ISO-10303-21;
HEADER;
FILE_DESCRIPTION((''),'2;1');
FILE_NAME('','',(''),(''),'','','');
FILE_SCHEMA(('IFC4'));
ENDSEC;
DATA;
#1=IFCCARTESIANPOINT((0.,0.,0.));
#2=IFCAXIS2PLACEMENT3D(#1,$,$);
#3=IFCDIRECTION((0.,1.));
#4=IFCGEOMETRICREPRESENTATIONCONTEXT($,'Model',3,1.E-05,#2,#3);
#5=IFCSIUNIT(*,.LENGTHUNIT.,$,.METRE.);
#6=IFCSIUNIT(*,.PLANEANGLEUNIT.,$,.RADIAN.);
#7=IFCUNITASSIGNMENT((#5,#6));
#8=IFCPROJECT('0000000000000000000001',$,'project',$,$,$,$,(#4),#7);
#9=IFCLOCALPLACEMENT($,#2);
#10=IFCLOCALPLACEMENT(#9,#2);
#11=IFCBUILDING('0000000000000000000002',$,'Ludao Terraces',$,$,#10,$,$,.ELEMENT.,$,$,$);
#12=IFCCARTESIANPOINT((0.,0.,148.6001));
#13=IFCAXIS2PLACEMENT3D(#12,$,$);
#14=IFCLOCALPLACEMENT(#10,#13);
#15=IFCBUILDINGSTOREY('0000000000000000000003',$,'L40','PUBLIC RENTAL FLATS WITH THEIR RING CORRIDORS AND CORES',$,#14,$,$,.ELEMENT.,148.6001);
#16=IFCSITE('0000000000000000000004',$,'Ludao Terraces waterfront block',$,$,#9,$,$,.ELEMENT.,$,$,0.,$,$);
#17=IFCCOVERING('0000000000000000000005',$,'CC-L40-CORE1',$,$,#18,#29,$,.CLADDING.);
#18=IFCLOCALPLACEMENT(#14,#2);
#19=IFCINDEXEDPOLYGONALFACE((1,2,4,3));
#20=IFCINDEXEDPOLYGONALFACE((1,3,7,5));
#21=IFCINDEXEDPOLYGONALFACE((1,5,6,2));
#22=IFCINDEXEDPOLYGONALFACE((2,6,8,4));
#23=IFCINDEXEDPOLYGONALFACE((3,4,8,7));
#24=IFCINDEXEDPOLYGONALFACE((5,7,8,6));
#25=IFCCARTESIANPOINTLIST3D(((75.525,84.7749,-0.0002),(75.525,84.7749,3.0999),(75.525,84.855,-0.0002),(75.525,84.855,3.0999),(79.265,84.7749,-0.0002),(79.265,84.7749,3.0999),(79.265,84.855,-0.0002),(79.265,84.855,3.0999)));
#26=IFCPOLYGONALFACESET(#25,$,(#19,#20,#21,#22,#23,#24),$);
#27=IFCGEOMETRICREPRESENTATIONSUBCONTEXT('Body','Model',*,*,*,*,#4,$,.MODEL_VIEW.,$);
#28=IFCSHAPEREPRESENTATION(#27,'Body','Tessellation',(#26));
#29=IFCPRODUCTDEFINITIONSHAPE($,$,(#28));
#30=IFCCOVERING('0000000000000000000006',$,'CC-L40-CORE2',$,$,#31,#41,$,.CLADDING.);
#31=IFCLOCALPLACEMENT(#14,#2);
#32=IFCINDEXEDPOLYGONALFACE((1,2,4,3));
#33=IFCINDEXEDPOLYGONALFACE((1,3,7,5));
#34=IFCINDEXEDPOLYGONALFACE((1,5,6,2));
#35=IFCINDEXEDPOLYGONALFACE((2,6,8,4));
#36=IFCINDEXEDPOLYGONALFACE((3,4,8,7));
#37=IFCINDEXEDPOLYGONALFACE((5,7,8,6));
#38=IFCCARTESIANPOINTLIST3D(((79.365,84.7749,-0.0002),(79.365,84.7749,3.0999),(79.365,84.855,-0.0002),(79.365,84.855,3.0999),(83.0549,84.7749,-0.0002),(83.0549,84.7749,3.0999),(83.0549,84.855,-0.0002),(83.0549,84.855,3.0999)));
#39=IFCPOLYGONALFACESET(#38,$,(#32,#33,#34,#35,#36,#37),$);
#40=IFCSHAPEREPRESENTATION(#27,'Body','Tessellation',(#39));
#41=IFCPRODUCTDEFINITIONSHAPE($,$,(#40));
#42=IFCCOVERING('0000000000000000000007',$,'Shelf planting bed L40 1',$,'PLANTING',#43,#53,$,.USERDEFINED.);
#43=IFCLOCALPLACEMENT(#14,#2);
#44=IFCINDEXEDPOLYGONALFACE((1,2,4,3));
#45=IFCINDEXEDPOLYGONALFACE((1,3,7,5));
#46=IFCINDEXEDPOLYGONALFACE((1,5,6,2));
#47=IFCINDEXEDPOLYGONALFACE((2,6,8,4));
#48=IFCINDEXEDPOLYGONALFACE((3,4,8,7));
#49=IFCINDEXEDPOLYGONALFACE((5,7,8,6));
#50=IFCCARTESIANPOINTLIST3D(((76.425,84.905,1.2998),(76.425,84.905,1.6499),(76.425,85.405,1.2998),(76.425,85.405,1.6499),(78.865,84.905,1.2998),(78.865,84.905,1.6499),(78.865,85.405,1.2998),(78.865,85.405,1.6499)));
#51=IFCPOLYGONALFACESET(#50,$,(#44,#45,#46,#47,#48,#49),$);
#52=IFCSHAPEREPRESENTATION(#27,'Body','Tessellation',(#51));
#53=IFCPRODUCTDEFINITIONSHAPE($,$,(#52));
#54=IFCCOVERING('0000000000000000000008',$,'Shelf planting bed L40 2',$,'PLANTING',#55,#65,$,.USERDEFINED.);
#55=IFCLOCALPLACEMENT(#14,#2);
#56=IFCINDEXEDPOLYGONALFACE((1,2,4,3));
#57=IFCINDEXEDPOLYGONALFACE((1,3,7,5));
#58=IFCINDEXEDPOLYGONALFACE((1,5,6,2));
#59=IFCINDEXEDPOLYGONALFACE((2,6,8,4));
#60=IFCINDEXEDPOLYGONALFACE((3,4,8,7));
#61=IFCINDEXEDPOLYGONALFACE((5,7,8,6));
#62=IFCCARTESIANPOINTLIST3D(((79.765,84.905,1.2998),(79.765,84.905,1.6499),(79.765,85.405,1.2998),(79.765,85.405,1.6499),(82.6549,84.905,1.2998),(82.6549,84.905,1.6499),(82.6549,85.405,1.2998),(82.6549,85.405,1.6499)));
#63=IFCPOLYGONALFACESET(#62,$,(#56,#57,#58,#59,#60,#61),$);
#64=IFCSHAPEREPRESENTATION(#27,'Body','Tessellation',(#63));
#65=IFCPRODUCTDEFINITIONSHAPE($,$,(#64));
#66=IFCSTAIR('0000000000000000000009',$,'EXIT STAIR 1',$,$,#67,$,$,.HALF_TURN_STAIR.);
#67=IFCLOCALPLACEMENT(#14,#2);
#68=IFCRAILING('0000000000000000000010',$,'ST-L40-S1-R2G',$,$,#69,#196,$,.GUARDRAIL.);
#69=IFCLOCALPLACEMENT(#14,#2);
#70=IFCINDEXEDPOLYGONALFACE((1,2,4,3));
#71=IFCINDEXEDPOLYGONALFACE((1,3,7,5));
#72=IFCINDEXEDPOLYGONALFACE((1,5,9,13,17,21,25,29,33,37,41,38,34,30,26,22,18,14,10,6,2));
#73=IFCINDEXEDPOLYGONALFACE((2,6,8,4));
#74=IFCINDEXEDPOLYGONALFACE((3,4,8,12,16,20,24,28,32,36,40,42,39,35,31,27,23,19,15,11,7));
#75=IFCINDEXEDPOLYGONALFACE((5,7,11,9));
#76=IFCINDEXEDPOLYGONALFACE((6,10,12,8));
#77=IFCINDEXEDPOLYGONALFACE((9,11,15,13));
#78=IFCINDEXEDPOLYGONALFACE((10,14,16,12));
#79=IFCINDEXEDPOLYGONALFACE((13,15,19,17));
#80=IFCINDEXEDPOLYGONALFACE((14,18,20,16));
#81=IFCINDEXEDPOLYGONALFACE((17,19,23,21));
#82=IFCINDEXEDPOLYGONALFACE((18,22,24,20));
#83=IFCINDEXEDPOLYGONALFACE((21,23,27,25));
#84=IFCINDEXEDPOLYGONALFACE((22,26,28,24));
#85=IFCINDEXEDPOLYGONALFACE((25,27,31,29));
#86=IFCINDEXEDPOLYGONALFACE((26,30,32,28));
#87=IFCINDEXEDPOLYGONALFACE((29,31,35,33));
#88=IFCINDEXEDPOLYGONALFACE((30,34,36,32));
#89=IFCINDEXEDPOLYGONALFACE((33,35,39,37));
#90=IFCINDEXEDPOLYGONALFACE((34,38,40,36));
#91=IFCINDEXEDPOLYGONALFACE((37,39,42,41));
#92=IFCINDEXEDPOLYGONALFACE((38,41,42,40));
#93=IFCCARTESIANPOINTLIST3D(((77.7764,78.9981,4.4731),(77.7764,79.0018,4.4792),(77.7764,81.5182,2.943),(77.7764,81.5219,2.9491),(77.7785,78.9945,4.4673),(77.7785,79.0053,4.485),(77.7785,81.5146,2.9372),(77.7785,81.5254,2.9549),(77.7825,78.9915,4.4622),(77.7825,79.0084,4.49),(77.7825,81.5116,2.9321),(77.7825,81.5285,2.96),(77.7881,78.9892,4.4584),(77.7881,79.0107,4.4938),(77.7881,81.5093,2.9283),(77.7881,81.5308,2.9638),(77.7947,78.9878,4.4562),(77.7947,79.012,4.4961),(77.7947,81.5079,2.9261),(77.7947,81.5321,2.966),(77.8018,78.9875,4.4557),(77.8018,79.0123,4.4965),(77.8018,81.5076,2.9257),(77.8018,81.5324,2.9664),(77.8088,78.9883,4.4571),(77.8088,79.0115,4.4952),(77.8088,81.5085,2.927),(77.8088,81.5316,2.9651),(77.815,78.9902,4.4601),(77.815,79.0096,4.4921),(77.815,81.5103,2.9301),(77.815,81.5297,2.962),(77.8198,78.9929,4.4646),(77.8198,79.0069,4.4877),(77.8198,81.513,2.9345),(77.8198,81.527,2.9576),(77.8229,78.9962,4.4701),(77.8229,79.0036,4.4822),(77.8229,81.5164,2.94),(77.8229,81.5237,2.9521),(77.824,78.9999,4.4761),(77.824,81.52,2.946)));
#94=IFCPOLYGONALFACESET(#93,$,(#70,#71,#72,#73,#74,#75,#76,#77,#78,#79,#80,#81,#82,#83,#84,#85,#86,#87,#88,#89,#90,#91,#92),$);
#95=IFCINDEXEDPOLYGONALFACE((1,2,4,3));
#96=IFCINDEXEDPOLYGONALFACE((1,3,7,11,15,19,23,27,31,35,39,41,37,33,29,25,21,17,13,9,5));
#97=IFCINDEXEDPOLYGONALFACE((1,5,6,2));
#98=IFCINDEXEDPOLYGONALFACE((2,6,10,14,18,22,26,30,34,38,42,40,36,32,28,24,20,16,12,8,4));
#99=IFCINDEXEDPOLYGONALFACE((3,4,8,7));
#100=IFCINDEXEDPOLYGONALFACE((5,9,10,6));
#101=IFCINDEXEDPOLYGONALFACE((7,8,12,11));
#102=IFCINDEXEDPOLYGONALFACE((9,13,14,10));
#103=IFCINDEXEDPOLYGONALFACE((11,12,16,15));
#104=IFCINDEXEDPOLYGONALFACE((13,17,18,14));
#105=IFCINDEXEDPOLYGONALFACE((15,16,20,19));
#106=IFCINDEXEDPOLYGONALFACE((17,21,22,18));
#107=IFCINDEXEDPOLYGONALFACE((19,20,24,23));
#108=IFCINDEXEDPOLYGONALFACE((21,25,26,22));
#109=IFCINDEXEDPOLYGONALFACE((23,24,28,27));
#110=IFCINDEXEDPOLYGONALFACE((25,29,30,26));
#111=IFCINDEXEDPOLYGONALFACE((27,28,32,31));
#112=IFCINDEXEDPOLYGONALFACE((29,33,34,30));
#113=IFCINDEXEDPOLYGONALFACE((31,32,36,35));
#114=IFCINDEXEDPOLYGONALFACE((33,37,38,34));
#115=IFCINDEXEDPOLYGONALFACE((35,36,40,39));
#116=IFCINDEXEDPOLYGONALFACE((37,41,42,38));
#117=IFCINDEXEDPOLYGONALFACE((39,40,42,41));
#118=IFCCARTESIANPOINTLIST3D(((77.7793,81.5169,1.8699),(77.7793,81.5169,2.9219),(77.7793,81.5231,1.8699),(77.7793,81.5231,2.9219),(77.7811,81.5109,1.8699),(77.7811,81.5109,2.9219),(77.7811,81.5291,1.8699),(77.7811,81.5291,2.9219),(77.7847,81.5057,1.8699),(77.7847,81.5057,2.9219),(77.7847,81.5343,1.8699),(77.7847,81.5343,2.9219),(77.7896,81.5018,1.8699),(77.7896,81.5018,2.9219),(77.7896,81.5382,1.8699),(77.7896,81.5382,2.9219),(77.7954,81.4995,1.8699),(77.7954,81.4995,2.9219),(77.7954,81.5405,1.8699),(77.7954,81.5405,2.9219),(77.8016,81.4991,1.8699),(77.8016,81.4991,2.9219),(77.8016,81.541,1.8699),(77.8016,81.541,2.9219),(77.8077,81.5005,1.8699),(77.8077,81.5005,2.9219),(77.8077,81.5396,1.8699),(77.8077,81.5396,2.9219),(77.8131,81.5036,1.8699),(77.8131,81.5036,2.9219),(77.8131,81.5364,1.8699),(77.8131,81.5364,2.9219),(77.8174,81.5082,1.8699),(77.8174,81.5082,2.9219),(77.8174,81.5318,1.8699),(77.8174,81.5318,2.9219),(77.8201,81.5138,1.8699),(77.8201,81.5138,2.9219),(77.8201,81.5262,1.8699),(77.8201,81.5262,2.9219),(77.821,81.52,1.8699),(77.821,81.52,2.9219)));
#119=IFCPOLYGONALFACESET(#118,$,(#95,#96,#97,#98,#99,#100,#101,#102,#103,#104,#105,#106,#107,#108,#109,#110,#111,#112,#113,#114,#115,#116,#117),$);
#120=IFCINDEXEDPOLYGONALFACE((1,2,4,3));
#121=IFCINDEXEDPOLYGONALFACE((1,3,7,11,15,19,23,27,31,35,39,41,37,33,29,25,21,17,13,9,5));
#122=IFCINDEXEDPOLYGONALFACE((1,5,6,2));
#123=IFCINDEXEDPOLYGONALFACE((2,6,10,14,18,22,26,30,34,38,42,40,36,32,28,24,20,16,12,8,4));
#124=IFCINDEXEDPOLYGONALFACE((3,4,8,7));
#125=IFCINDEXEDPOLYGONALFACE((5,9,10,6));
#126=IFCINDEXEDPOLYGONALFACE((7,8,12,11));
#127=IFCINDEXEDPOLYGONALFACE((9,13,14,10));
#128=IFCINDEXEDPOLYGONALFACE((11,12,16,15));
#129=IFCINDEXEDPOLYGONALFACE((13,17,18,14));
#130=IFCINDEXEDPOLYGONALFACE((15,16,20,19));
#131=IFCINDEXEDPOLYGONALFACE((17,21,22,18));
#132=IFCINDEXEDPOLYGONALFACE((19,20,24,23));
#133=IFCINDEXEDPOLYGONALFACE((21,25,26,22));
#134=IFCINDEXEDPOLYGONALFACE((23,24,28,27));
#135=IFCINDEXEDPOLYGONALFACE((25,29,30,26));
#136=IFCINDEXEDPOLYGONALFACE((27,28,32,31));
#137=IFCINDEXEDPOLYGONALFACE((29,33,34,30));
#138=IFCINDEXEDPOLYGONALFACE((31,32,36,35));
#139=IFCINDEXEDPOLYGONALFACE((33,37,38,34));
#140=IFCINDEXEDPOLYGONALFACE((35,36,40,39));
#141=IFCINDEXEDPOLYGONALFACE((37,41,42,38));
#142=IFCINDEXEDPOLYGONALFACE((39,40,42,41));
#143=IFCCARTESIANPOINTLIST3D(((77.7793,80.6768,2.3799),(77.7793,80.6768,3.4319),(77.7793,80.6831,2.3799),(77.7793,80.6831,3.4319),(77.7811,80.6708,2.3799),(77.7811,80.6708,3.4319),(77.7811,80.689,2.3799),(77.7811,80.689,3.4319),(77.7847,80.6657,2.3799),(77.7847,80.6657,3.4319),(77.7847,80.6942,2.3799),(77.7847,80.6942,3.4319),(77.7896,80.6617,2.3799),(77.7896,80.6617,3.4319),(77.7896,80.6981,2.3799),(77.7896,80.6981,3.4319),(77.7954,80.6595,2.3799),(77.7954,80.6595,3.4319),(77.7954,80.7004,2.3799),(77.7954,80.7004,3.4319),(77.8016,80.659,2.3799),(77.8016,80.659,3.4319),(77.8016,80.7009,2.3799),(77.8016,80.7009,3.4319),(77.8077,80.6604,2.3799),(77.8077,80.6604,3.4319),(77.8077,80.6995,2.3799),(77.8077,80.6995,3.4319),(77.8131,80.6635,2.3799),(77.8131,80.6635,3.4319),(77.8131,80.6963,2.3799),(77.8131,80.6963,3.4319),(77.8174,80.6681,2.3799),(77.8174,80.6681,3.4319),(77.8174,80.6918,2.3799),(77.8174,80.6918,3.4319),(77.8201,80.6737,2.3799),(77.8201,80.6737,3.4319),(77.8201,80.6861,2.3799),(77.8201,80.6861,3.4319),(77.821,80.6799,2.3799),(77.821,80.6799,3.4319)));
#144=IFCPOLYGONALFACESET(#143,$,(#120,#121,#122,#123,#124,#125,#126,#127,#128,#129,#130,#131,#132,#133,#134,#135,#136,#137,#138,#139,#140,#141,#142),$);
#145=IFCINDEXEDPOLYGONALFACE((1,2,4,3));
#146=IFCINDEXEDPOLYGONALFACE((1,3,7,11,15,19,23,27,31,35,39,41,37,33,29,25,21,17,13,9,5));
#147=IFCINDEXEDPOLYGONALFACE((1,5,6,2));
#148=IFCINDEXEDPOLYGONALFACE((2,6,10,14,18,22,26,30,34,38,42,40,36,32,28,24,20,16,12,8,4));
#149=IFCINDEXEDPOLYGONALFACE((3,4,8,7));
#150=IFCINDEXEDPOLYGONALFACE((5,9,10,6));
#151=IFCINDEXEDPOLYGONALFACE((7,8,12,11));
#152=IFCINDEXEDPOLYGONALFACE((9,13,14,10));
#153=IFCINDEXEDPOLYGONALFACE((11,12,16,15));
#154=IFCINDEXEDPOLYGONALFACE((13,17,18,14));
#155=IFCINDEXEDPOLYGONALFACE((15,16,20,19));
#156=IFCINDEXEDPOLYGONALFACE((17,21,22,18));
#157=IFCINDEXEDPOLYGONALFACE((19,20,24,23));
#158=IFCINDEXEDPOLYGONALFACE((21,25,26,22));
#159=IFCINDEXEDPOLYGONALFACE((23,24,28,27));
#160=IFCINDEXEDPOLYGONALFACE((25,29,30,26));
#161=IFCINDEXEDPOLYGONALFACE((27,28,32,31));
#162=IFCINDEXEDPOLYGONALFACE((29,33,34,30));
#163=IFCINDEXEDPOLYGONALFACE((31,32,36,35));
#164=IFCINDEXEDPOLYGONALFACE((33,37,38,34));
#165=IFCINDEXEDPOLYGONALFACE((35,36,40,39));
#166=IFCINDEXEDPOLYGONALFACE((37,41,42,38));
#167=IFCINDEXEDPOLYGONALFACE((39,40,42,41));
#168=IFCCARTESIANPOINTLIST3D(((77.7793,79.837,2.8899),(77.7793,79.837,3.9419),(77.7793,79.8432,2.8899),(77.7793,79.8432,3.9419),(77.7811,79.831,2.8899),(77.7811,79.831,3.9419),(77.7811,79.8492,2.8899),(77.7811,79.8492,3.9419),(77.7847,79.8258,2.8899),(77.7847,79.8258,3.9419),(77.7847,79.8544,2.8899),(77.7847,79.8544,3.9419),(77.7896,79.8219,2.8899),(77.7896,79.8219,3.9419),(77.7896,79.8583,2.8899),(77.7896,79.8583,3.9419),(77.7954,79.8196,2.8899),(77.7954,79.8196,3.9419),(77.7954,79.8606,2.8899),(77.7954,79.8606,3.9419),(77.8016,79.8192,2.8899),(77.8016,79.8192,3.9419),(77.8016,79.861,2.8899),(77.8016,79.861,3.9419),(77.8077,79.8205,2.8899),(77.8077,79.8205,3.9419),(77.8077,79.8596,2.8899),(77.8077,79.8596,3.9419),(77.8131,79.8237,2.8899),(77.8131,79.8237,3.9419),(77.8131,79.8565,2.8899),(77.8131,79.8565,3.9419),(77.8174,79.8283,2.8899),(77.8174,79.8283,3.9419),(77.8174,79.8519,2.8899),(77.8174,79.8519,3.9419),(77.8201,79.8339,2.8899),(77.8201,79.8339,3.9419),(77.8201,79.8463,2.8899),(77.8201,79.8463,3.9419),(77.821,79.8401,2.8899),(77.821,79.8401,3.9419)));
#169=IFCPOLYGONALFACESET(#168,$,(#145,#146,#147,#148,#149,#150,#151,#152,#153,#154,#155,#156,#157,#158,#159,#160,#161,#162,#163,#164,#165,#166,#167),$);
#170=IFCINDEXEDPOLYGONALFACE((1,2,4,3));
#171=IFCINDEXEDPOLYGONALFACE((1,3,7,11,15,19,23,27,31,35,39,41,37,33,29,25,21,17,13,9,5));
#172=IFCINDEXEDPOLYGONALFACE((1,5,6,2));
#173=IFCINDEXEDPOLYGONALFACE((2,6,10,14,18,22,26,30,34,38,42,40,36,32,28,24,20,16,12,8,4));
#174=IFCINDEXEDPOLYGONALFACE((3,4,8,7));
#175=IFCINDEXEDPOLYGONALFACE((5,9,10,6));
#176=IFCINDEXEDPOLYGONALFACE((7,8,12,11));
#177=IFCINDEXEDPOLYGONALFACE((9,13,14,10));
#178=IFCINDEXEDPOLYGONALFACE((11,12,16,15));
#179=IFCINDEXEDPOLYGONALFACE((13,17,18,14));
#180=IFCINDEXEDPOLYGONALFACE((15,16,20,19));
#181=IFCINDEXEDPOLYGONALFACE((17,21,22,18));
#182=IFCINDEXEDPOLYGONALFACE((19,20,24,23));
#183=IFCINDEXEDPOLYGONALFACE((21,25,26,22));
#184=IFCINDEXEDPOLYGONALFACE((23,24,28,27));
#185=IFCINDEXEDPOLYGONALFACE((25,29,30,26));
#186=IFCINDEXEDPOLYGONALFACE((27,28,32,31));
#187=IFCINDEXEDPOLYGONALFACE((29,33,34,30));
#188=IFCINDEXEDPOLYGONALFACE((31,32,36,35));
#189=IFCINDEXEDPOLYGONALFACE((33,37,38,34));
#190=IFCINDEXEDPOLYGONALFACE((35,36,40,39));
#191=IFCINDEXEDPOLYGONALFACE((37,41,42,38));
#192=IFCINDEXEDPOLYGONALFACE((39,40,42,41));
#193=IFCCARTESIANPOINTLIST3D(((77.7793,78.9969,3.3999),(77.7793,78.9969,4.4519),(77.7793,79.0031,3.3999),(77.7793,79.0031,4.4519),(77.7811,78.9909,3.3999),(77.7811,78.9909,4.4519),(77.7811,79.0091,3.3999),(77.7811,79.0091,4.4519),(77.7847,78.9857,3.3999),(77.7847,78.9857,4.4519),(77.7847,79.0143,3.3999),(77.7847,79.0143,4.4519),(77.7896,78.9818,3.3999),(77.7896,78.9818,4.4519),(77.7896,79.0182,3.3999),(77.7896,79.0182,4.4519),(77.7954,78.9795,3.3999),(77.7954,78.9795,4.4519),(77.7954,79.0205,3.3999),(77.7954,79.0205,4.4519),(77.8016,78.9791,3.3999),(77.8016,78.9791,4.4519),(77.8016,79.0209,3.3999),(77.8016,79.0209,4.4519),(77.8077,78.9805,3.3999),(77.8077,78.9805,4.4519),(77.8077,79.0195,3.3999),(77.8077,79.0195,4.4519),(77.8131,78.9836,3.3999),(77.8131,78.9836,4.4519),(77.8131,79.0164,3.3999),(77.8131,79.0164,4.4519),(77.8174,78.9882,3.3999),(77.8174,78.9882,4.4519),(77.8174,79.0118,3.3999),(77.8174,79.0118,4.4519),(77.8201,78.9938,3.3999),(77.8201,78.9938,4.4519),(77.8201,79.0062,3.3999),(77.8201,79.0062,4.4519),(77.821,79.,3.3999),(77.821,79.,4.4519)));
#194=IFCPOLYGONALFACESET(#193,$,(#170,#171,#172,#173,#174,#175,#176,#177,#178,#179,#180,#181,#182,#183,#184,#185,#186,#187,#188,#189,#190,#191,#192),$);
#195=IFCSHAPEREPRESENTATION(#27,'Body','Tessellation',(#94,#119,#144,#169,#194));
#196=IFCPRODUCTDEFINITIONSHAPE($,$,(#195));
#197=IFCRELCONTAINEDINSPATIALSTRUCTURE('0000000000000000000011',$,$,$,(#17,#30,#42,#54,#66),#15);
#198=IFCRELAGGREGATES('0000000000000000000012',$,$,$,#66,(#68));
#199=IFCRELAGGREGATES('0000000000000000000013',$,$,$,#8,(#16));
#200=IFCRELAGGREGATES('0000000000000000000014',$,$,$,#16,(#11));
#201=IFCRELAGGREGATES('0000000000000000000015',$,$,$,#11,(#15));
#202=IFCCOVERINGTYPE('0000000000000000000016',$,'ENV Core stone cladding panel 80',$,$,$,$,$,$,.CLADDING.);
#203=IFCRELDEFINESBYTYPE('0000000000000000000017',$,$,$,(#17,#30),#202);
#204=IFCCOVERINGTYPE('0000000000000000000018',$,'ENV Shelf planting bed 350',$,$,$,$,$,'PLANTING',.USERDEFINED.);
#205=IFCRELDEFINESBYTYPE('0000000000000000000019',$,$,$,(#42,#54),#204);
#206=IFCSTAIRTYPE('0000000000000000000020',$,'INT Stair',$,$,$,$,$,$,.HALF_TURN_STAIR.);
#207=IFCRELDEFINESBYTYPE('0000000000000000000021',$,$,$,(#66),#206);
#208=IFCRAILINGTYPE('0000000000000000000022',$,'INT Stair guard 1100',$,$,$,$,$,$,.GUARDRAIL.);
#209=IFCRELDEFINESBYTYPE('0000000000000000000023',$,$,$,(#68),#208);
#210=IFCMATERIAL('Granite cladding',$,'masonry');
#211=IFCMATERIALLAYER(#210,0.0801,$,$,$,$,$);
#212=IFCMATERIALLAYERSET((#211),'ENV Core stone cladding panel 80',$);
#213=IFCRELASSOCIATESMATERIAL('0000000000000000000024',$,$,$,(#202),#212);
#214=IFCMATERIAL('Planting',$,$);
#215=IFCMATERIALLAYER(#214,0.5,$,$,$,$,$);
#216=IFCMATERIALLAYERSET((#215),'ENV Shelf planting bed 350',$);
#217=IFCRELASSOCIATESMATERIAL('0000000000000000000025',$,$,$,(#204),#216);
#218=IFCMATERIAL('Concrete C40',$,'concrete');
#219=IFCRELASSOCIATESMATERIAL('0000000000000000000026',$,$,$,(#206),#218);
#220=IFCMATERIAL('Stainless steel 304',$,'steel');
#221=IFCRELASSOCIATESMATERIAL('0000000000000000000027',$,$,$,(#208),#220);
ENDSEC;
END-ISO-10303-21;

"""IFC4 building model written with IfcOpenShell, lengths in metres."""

from ifc_helpers import new_model, si_unit, direction, frame, origin, origin_2d, place, context, subcontext, project, spatial, rectangle, circle, extrude, material, layer, layer_set, type_object, element, aggregate, save


model = new_model("IFC4")

# Units and contexts
model_context = context("Model", 3, precision=1e-05, world=origin(), true_north=direction((0.0, 1.0)))
body_context = subcontext(model_context, "Body", "Model", "MODEL_VIEW")
ifc_project = project(units=[si_unit("LENGTHUNIT", "METRE"), si_unit("PLANEANGLEUNIT", "RADIAN")], contexts=[model_context])

# Site, building, storey
site_placement = place(None, origin())
site = spatial("IfcSite", under=ifc_project, at=site_placement, Name="Ludao Terraces waterfront block", CompositionType="ELEMENT", RefElevation=0.0)
building_placement = place(site_placement, origin())
building = spatial("IfcBuilding", under=site, at=building_placement, Name="Ludao Terraces", CompositionType="ELEMENT")
storey_placement = place(building_placement, frame((0.0, 0.0, 148.6001)))
storey = spatial("IfcBuildingStorey", under=building, at=storey_placement, Name="L40", Description="PUBLIC RENTAL FLATS WITH THEIR RING CORRIDORS AND CORES", CompositionType="ELEMENT", Elevation=148.6001)

# Shared definitions
ifc_material_1 = material(Name="Granite cladding", Category="masonry")
ifc_material_2 = material(Name="Concrete C40", Category="concrete")

# Shared definitions
ifc_material_3 = material(Name="Stainless steel 304", Category="steel")

# Coverings
ifc_layer_1 = layer(ifc_material_1, 0.0801)
ifc_layer_set_1 = layer_set([ifc_layer_1], Name="ENV Core stone cladding panel 80")
covering_type_1 = type_object("IfcCoveringType", Name="ENV Core stone cladding panel 80", PredefinedType="CLADDING", material=ifc_layer_set_1)
covering_1_placement = place(storey_placement, frame((77.395, 84.8149, -0.0002), z_axis=(0.0, 0.0, 1.0), x_axis=(1.0, 0.0, 0.0)))
element("IfcCovering", 1, at=covering_1_placement, inside=storey, type_object=covering_type_1, Name="CC-L40-CORE1", PredefinedType="CLADDING", context=body_context, shape_type="SweptSolid", body=[
    extrude(rectangle(XDim=3.74, YDim=0.0801, at=origin_2d()), origin(), (0.0, 0.0, 1.0), 3.1001),
])
covering_2_placement = place(storey_placement, frame((81.21, 84.8149, -0.0002), z_axis=(0.0, 0.0, 1.0), x_axis=(1.0, 0.0, 0.0)))
element("IfcCovering", 2, at=covering_2_placement, inside=storey, type_object=covering_type_1, Name="CC-L40-CORE2", PredefinedType="CLADDING", context=body_context, shape_type="SweptSolid", body=[
    extrude(rectangle(XDim=3.6899, YDim=0.0801, at=origin_2d()), origin(), (0.0, 0.0, 1.0), 3.1001),
])
ifc_material_4 = material(Name="Planting")
ifc_layer_2 = layer(ifc_material_4, 0.5)
ifc_layer_set_2 = layer_set([ifc_layer_2], Name="ENV Shelf planting bed 350")
covering_type_2 = type_object("IfcCoveringType", Name="ENV Shelf planting bed 350", ElementType="PLANTING", PredefinedType="USERDEFINED", material=ifc_layer_set_2)
covering_3_placement = place(storey_placement, frame((77.645, 85.155, 1.2998), z_axis=(0.0, 0.0, 1.0), x_axis=(1.0, 0.0, 0.0)))
element("IfcCovering", 3, at=covering_3_placement, inside=storey, type_object=covering_type_2, Name="Shelf planting bed L40 1", ObjectType="PLANTING", PredefinedType="USERDEFINED", context=body_context, shape_type="SweptSolid", body=[
    extrude(rectangle(XDim=2.4399, YDim=0.5, at=origin_2d()), origin(), (0.0, 0.0, 1.0), 0.3501),
])
covering_4_placement = place(storey_placement, frame((81.21, 85.155, 1.2998), z_axis=(0.0, 0.0, 1.0), x_axis=(1.0, 0.0, 0.0)))
element("IfcCovering", 4, at=covering_4_placement, inside=storey, type_object=covering_type_2, Name="Shelf planting bed L40 2", ObjectType="PLANTING", PredefinedType="USERDEFINED", context=body_context, shape_type="SweptSolid", body=[
    extrude(rectangle(XDim=2.8899, YDim=0.5, at=origin_2d()), origin(), (0.0, 0.0, 1.0), 0.3501),
])

# Stair, railing
stair_type = type_object("IfcStairType", Name="INT Stair", PredefinedType="HALF_TURN_STAIR", material=ifc_material_2)
stair_placement = place(storey_placement, origin())
stair = element("IfcStair", 5, at=stair_placement, inside=storey, type_object=stair_type, Name="EXIT STAIR 1", PredefinedType="HALF_TURN_STAIR")
railing_type_1 = type_object("IfcRailingType", Name="INT Stair guard 1100", PredefinedType="GUARDRAIL", material=ifc_material_3)
railing_1_placement = place(storey_placement, frame((77.8, 81.52, 1.8699)))
railing_1 = element("IfcRailing", 6, at=railing_1_placement, type_object=railing_type_1, Name="ST-L40-S1-R2G", PredefinedType="GUARDRAIL", context=body_context, shape_type="SweptSolid", body=[
    extrude(circle(Radius=0.0239, at=origin_2d()), frame((0.0, 0.0, 1.0762), z_axis=(0.0, -0.854785, 0.518982), x_axis=(1.0, 0.0, 0.0)), (0.0, 0.0, 1.0), 2.9482),
    extrude(circle(Radius=0.021, at=origin_2d()), origin(), (0.0, 0.0, 1.0), 1.052),
    extrude(circle(Radius=0.021, at=origin_2d()), frame((0.0, -0.8401, 0.51)), (0.0, 0.0, 1.0), 1.052),
    extrude(circle(Radius=0.021, at=origin_2d()), frame((0.0, -1.6799, 1.02)), (0.0, 0.0, 1.0), 1.052),
    extrude(circle(Radius=0.021, at=origin_2d()), frame((0.0, -2.52, 1.53)), (0.0, 0.0, 1.0), 1.052),
])
aggregate(stair, [railing_1])

save(model, "model.ifc")
